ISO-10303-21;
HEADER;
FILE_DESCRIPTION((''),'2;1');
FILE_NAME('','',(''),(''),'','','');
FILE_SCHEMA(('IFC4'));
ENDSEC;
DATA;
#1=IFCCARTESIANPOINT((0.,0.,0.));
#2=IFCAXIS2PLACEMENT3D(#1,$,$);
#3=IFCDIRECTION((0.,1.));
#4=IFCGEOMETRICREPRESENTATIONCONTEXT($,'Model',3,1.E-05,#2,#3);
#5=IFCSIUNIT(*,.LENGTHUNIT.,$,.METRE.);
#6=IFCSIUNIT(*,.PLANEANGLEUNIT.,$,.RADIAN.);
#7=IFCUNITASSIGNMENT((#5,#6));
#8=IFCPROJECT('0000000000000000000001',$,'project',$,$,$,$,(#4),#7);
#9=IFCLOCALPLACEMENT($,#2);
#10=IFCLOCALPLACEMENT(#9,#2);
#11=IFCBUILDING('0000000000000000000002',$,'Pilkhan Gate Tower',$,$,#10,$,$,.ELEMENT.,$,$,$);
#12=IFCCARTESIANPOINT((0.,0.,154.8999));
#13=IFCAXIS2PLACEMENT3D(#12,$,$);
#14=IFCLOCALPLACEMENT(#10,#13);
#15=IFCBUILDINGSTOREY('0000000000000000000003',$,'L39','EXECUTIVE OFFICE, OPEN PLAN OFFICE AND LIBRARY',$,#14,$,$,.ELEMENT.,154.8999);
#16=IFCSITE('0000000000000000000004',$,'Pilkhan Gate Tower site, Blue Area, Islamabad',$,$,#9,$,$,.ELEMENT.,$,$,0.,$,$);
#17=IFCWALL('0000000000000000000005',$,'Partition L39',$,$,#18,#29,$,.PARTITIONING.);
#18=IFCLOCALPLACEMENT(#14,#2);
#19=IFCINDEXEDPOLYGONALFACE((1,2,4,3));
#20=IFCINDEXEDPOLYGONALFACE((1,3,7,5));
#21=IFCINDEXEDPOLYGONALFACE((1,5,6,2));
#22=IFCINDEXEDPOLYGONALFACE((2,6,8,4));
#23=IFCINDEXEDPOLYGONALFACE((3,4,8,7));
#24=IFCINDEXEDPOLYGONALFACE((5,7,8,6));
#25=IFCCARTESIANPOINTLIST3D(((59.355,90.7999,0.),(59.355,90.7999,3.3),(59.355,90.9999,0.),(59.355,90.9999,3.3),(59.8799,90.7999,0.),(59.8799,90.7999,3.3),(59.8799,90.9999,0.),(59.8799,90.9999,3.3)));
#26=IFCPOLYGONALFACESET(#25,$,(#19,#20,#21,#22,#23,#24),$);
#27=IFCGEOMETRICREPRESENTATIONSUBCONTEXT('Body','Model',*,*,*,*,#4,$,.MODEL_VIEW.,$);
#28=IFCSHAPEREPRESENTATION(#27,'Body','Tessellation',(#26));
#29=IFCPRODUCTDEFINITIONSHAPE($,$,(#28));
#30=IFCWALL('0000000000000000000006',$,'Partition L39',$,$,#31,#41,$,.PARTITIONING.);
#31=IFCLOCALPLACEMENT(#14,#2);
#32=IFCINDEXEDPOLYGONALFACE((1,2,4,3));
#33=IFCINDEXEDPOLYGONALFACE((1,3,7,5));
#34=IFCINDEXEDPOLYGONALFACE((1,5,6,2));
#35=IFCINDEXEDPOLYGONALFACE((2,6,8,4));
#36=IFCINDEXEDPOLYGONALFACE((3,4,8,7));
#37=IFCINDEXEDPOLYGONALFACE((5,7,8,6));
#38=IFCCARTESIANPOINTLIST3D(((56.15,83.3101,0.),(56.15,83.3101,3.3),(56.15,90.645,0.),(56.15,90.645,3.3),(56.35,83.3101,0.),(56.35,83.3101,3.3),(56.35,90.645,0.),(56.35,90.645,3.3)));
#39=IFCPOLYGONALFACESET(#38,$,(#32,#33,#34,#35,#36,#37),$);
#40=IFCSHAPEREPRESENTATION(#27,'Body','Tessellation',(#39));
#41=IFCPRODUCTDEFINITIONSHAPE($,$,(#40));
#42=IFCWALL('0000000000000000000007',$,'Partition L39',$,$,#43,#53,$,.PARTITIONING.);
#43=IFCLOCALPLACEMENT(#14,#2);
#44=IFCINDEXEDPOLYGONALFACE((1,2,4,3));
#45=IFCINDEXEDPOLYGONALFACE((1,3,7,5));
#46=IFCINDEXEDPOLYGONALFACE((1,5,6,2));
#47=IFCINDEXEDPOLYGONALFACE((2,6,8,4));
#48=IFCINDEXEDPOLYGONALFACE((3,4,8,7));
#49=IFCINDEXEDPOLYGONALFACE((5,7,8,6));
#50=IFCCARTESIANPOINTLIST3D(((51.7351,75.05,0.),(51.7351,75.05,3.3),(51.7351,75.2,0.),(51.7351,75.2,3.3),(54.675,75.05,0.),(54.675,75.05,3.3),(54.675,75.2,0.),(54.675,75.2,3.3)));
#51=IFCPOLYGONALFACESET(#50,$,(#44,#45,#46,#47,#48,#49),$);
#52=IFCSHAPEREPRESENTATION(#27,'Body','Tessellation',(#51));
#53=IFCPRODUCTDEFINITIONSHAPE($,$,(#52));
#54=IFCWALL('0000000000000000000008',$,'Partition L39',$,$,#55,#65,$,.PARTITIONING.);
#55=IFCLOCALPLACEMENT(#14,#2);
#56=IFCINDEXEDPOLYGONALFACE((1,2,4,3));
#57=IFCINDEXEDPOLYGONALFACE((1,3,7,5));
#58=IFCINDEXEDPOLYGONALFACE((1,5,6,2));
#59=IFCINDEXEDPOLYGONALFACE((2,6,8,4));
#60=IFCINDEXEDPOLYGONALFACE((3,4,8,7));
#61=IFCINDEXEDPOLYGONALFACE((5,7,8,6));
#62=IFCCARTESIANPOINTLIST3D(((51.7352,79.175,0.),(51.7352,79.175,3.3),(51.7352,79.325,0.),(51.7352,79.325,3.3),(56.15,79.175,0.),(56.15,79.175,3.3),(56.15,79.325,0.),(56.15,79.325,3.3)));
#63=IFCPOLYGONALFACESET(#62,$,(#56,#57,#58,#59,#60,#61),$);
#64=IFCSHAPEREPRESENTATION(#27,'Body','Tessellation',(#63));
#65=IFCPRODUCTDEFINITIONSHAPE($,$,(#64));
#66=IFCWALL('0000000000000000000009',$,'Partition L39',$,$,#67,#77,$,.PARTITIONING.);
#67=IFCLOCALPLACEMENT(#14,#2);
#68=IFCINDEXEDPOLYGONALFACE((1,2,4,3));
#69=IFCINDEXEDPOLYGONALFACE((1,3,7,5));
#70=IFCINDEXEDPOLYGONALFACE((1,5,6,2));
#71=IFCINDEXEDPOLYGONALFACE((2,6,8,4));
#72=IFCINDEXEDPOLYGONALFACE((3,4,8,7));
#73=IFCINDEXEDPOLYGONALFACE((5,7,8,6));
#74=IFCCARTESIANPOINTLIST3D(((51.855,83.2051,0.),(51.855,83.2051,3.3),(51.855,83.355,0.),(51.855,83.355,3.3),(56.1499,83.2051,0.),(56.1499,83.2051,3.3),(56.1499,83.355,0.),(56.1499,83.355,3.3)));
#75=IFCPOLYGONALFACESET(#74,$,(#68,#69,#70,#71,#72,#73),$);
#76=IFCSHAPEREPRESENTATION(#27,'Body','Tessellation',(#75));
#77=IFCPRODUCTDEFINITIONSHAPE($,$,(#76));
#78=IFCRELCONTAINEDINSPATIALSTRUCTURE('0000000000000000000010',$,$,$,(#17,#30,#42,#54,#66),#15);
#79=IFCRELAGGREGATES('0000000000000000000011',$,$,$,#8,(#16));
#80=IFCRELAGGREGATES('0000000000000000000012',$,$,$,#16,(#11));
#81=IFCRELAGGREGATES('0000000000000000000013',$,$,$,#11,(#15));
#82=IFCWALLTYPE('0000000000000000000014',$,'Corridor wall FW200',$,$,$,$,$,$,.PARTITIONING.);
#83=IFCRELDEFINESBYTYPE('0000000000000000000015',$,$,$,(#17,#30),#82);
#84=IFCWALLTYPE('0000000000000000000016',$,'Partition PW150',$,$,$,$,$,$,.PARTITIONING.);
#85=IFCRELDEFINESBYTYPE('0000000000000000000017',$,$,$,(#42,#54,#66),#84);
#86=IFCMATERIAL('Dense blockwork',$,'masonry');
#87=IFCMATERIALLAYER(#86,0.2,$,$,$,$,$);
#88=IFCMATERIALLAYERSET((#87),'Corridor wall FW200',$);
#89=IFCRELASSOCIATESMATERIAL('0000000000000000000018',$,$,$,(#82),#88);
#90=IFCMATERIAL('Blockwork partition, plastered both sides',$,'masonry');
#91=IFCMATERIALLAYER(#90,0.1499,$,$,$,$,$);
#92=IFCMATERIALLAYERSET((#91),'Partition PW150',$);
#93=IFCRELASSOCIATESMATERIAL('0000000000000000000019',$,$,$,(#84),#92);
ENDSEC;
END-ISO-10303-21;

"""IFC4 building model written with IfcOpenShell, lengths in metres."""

from ifc_helpers import new_model, si_unit, direction, frame, frame_2d, origin, place, context, subcontext, project, spatial, rectangle, extrude, material, layer, layer_set, type_object, element, save


model = new_model("IFC4")

# Units and contexts
model_context = context("Model", 3, precision=1e-05, world=origin(), true_north=direction((0.0, 1.0)))
body_context = subcontext(model_context, "Body", "Model", "MODEL_VIEW")
ifc_project = project(units=[si_unit("LENGTHUNIT", "METRE"), si_unit("PLANEANGLEUNIT", "RADIAN")], contexts=[model_context])

# Site, building, storey
site_placement = place(None, origin())
site = spatial("IfcSite", under=ifc_project, at=site_placement, Name="Pilkhan Gate Tower site, Blue Area, Islamabad", CompositionType="ELEMENT", RefElevation=0.0)
building_placement = place(site_placement, origin())
building = spatial("IfcBuilding", under=site, at=building_placement, Name="Pilkhan Gate Tower", CompositionType="ELEMENT")
storey_placement = place(building_placement, frame((0.0, 0.0, 154.8999)))
storey = spatial("IfcBuildingStorey", under=building, at=storey_placement, Name="L39", Description="EXECUTIVE OFFICE, OPEN PLAN OFFICE AND LIBRARY", CompositionType="ELEMENT", Elevation=154.8999)

# Walls
ifc_material_1 = material(Name="Dense blockwork", Category="masonry")
ifc_layer_1 = layer(ifc_material_1, 0.2)
ifc_layer_set_1 = layer_set([ifc_layer_1], Name="Corridor wall FW200")
wall_type_1 = type_object("IfcWallType", Name="Corridor wall FW200", PredefinedType="PARTITIONING", material=ifc_layer_set_1)
wall_1_placement = place(storey_placement, frame((59.355, 90.8999, 0.0), z_axis=(0.0, 0.0, 1.0), x_axis=(1.0, 0.0, 0.0)))
element("IfcWall", 1, at=wall_1_placement, inside=storey, type_object=wall_type_1, Name="Partition L39", PredefinedType="PARTITIONING", context=body_context, shape_type="SweptSolid", body=[
    extrude(rectangle(XDim=0.5249, YDim=0.2, at=frame_2d((0.2625, 0.0))), origin(), (0.0, 0.0, 1.0), 3.3),
])
wall_2_placement = place(storey_placement, frame((56.25, 83.3101, 0.0), z_axis=(0.0, 0.0, 1.0), x_axis=(0.0, 1.0, 0.0)))
element("IfcWall", 2, at=wall_2_placement, inside=storey, type_object=wall_type_1, Name="Partition L39", PredefinedType="PARTITIONING", context=body_context, shape_type="SweptSolid", body=[
    extrude(rectangle(XDim=7.335, YDim=0.2, at=frame_2d((3.6675, 0.0))), origin(), (0.0, 0.0, 1.0), 3.3),
])
ifc_material_2 = material(Name="Blockwork partition, plastered both sides", Category="masonry")
ifc_layer_2 = layer(ifc_material_2, 0.1499)
ifc_layer_set_2 = layer_set([ifc_layer_2], Name="Partition PW150")
wall_type_2 = type_object("IfcWallType", Name="Partition PW150", PredefinedType="PARTITIONING", material=ifc_layer_set_2)
wall_3_placement = place(storey_placement, frame((51.7351, 75.125, 0.0), z_axis=(0.0, 0.0, 1.0), x_axis=(1.0, 0.0, 0.0)))
element("IfcWall", 3, at=wall_3_placement, inside=storey, type_object=wall_type_2, Name="Partition L39", PredefinedType="PARTITIONING", context=body_context, shape_type="SweptSolid", body=[
    extrude(rectangle(XDim=2.9399, YDim=0.1499, at=frame_2d((1.47, 0.0))), origin(), (0.0, 0.0, 1.0), 3.3),
])
wall_4_placement = place(storey_placement, frame((51.7351, 79.25, 0.0), z_axis=(0.0, 0.0, 1.0), x_axis=(1.0, 0.0, 0.0)))
element("IfcWall", 4, at=wall_4_placement, inside=storey, type_object=wall_type_2, Name="Partition L39", PredefinedType="PARTITIONING", context=body_context, shape_type="SweptSolid", body=[
    extrude(rectangle(XDim=4.4148, YDim=0.1499, at=frame_2d((2.2075, 0.0))), origin(), (0.0, 0.0, 1.0), 3.3),
])
wall_5_placement = place(storey_placement, frame((51.855, 83.28, 0.0), z_axis=(0.0, 0.0, 1.0), x_axis=(1.0, 0.0, 0.0)))
element("IfcWall", 5, at=wall_5_placement, inside=storey, type_object=wall_type_2, Name="Partition L39", PredefinedType="PARTITIONING", context=body_context, shape_type="SweptSolid", body=[
    extrude(rectangle(XDim=4.2949, YDim=0.1499, at=frame_2d((2.1475, 0.0))), origin(), (0.0, 0.0, 1.0), 3.3),
])

save(model, "model.ifc")
